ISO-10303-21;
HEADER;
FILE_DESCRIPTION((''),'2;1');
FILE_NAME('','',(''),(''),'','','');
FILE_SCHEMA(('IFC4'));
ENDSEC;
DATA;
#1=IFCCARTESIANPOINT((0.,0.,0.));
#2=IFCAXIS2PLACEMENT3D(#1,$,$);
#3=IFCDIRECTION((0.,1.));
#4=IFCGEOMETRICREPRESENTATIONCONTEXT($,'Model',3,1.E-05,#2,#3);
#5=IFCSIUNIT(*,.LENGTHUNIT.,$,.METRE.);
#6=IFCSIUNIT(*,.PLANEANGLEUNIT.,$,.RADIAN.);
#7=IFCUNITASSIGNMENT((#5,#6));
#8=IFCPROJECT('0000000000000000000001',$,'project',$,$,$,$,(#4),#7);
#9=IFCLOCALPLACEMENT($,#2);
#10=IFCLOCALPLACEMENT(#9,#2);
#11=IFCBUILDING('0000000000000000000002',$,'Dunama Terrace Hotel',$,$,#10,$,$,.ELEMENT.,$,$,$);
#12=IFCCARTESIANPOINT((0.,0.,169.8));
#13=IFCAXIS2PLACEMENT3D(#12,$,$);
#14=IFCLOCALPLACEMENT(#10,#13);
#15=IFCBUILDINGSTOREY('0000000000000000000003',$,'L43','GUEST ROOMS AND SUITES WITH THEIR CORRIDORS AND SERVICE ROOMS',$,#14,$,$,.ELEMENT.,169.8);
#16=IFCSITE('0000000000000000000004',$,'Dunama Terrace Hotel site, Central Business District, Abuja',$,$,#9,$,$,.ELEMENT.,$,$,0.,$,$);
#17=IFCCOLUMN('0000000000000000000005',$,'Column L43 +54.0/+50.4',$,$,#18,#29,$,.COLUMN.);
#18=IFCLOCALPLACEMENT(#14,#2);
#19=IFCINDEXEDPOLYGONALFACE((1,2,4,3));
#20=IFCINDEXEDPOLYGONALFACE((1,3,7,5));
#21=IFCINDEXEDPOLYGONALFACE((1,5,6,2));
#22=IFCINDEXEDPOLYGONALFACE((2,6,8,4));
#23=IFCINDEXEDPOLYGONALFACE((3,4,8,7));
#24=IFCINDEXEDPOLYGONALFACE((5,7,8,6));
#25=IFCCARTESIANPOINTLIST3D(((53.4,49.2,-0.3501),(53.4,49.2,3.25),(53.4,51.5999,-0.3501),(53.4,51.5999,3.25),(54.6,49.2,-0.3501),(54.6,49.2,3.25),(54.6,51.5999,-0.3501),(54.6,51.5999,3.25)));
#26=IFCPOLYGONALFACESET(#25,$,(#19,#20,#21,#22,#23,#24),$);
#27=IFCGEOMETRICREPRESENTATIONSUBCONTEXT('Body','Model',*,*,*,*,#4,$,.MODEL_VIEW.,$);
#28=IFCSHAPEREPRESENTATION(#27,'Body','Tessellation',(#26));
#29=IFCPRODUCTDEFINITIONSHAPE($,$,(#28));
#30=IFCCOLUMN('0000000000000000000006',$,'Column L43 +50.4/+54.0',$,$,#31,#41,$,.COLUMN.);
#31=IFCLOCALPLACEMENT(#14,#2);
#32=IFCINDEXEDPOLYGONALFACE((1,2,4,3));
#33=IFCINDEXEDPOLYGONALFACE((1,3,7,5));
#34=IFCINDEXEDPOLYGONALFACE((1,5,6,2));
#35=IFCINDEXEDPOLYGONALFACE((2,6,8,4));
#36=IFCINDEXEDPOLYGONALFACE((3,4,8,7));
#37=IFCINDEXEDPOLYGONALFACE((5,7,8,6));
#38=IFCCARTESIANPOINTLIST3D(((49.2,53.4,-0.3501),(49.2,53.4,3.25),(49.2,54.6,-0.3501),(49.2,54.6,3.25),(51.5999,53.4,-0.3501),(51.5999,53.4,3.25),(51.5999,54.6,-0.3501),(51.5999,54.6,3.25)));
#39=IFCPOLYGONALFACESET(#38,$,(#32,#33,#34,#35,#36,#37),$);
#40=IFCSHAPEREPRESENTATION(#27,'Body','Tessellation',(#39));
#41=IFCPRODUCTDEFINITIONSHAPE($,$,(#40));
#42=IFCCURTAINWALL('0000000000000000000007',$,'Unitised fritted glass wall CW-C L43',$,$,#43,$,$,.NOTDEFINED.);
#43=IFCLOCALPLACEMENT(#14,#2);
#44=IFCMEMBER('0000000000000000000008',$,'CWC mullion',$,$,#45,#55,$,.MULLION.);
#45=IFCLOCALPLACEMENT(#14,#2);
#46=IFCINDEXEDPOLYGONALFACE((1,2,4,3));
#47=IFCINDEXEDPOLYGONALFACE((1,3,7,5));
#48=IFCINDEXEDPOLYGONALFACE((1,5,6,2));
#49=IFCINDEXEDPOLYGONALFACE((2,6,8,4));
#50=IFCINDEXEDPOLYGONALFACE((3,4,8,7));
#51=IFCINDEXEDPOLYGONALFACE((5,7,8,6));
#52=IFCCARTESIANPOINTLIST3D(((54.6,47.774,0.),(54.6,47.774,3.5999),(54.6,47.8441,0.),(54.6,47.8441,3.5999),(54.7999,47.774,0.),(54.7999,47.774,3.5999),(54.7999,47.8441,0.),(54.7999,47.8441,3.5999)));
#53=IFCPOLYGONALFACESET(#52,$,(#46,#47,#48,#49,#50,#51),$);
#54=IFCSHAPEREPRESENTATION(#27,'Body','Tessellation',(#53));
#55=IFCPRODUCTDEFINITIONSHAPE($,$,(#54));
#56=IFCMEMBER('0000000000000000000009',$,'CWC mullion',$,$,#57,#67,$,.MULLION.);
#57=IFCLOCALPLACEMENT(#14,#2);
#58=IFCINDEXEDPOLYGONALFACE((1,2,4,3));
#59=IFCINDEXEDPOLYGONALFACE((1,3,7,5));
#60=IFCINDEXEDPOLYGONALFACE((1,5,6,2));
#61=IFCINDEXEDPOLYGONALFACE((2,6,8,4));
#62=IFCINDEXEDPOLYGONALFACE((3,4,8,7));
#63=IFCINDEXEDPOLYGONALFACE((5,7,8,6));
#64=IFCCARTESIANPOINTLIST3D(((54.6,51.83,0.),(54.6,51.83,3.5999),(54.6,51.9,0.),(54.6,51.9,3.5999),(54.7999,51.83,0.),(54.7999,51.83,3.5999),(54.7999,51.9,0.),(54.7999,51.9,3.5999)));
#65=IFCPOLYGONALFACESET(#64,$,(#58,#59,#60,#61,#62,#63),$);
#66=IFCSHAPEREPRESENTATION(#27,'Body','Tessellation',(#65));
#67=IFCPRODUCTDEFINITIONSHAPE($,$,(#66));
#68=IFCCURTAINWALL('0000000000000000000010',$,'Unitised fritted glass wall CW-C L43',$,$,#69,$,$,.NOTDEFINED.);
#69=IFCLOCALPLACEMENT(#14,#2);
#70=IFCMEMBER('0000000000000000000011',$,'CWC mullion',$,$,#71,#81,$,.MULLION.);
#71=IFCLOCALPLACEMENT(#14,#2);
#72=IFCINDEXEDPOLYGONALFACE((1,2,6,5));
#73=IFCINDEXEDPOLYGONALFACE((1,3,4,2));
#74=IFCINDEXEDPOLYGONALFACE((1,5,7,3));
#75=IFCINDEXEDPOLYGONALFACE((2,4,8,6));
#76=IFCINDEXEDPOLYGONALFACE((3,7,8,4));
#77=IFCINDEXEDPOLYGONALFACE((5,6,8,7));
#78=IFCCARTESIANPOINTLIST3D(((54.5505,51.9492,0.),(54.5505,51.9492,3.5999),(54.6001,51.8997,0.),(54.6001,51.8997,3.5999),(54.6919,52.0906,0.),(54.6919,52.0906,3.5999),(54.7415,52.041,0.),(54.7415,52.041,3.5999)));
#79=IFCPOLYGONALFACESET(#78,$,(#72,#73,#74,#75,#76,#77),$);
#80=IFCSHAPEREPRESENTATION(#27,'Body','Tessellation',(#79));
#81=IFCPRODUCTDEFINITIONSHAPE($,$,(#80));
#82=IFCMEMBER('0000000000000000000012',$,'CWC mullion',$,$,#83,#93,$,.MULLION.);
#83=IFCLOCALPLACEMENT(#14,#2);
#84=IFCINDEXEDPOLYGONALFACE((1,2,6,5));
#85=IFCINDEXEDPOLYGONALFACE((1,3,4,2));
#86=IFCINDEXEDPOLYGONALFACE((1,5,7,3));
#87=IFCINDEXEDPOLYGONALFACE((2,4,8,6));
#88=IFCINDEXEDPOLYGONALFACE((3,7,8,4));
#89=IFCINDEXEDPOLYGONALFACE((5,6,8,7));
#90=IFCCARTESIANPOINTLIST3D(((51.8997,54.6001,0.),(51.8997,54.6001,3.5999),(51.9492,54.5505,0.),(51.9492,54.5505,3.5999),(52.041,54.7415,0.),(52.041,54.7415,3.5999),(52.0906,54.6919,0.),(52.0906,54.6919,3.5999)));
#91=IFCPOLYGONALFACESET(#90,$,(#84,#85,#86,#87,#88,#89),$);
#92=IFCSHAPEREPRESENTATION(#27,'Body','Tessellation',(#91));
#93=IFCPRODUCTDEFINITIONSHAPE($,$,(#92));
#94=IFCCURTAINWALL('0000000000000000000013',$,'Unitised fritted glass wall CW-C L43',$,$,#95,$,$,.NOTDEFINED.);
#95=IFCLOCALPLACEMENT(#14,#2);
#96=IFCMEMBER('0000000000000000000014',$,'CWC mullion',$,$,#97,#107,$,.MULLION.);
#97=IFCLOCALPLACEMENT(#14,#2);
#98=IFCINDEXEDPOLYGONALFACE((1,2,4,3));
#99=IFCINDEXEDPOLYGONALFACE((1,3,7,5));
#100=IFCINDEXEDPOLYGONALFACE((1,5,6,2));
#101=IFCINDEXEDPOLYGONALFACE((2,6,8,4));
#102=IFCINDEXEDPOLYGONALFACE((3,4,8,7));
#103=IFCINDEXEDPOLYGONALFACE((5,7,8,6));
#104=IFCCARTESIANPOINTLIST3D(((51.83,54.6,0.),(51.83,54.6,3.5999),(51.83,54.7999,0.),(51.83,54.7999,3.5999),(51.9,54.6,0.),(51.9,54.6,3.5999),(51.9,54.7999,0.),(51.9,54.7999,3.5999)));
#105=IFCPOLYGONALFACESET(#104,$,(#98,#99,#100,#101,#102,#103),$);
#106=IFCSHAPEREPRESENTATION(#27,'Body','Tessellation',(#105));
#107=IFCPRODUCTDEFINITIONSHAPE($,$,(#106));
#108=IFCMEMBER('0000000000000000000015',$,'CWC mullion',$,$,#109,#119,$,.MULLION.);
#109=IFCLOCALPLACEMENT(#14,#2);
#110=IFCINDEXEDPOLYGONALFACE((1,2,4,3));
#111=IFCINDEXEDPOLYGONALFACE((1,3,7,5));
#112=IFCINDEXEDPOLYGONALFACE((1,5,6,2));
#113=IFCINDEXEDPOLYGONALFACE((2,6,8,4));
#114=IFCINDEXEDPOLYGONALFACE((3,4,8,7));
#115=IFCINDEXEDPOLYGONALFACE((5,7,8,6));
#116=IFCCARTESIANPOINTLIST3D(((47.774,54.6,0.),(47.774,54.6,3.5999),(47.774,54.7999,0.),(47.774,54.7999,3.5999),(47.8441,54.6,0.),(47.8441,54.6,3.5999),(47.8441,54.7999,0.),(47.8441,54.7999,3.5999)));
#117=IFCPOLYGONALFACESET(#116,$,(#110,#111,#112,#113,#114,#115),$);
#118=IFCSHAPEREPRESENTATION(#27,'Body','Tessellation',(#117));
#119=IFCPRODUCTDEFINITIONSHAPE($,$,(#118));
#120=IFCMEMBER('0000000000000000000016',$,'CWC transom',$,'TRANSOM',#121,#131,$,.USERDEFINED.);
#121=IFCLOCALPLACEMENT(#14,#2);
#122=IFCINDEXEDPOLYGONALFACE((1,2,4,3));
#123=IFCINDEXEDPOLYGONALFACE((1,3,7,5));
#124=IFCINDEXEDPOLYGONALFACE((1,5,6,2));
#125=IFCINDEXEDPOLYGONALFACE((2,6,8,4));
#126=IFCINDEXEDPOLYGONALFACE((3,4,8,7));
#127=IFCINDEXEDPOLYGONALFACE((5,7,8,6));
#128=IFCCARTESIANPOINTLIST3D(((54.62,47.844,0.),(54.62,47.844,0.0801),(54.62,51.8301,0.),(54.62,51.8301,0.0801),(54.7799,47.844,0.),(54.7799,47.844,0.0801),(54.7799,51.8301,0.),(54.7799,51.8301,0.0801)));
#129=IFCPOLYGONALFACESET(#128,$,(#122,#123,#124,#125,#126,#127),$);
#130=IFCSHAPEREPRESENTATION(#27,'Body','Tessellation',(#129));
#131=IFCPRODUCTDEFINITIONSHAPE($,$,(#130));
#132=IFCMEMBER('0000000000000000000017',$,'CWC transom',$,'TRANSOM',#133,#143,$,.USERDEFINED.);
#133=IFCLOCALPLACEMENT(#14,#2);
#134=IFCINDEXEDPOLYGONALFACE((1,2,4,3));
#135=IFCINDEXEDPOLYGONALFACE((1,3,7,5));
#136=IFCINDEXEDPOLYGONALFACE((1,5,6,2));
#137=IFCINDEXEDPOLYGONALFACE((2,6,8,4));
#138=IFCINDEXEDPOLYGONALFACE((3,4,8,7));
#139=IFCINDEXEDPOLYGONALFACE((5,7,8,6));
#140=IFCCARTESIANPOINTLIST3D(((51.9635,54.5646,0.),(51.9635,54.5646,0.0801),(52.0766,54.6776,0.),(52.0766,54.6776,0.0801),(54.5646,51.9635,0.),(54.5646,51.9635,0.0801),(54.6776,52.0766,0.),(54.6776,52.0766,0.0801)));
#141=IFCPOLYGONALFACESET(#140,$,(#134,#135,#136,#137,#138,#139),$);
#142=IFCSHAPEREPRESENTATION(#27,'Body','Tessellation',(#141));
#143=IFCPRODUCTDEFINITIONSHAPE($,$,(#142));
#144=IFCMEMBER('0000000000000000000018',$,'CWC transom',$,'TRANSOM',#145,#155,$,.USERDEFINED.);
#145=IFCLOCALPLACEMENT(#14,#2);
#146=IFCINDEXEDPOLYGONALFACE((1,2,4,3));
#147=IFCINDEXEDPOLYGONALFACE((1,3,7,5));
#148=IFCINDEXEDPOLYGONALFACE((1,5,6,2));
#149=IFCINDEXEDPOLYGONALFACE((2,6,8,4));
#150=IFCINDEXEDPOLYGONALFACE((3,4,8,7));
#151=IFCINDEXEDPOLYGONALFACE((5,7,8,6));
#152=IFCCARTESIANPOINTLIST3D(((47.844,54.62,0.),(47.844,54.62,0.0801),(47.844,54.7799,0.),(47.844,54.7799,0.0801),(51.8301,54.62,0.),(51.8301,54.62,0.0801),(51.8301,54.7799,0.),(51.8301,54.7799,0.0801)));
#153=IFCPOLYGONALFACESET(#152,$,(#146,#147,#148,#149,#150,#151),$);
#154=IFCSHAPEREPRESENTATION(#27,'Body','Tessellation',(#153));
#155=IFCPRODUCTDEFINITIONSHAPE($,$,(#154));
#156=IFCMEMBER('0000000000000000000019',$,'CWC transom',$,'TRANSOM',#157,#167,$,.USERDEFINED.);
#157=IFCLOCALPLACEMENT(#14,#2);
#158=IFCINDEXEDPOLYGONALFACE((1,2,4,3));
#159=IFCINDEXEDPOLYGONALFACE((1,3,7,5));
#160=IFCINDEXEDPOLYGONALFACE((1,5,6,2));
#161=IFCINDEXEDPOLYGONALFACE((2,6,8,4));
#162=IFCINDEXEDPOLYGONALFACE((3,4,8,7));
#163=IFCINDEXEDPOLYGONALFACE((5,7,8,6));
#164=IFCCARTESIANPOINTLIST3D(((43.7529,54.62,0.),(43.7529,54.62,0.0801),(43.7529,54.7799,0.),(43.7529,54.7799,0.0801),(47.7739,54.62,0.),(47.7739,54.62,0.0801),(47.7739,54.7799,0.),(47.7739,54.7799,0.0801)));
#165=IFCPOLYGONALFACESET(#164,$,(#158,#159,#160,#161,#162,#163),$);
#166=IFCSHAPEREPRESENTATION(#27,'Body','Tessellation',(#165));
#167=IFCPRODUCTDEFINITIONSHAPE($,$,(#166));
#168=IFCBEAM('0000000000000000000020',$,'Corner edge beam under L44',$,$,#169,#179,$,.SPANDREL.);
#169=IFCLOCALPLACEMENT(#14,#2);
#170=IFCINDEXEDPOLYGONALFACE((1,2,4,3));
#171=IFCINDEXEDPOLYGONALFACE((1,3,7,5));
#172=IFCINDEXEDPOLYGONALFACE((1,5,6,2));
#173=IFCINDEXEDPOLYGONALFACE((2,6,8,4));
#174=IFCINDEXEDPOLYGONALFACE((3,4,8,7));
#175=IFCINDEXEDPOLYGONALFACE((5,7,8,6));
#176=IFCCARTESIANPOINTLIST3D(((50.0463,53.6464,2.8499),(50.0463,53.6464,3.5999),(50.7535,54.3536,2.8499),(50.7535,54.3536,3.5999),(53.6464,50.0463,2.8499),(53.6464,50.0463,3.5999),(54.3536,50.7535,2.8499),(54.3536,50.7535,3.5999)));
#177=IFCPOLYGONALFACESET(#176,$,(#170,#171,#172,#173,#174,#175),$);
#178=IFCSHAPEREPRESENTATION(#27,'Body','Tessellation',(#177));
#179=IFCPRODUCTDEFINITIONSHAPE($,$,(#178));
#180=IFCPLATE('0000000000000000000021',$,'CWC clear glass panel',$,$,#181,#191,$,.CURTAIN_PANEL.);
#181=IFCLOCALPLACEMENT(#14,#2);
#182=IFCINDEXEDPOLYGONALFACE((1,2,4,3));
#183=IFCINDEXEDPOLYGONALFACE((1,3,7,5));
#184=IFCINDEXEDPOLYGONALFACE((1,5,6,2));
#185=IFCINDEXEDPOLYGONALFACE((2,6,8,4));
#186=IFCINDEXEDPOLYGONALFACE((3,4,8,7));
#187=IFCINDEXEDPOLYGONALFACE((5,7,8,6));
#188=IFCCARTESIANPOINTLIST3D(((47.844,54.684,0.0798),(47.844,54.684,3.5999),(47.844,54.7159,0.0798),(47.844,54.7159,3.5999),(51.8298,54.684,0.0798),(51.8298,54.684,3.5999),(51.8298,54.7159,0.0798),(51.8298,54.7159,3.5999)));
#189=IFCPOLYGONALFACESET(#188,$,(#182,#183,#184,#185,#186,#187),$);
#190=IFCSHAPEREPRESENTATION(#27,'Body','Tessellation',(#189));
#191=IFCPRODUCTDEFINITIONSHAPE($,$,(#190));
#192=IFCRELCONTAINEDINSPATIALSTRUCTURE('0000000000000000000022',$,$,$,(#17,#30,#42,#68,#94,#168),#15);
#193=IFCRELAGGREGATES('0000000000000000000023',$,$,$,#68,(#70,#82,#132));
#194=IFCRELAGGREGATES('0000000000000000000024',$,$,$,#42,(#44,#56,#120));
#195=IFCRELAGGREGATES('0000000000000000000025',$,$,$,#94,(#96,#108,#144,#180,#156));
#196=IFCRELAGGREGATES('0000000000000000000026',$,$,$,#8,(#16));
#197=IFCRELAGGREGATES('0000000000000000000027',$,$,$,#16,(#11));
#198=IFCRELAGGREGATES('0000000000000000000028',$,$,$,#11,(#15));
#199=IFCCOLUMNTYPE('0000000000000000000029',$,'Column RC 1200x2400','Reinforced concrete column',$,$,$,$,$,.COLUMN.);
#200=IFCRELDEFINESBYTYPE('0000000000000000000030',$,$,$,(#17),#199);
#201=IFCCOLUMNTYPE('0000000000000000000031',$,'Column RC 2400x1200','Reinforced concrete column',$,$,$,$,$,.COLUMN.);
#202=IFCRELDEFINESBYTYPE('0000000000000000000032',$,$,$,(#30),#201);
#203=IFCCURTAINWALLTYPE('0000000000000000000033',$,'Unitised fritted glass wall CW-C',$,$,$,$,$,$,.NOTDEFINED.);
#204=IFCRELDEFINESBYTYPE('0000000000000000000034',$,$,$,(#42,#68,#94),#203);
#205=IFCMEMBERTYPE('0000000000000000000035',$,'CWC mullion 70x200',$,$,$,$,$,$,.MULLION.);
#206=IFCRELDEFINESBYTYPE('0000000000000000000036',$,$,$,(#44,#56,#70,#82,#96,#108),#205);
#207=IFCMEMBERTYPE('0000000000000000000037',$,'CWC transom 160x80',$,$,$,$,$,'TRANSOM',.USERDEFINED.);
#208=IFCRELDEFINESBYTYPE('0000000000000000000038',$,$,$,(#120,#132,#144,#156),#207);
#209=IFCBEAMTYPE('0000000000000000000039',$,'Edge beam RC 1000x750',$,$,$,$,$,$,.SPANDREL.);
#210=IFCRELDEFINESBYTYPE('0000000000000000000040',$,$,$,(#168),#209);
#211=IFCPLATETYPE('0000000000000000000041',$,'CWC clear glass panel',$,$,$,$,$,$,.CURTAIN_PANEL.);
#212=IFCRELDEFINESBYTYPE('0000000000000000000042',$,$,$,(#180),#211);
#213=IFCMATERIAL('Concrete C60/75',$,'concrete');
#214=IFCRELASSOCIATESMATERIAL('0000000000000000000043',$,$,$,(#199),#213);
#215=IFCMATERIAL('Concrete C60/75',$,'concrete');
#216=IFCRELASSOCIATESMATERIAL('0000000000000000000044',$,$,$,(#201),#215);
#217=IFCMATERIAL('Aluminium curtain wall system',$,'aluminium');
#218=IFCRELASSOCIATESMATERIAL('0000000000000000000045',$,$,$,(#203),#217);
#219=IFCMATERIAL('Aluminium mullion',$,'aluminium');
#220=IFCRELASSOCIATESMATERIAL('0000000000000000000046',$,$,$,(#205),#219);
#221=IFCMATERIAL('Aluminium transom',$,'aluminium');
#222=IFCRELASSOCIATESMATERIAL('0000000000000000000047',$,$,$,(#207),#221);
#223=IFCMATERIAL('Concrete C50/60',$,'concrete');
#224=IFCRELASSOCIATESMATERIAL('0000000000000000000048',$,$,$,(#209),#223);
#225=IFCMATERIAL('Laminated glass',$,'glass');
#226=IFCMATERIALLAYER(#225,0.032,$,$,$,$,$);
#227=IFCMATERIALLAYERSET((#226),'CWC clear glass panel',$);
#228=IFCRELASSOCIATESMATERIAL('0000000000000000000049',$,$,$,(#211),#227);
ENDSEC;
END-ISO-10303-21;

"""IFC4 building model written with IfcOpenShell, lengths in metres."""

from ifc_helpers import new_model, si_unit, direction, frame, origin, origin_2d, place, context, subcontext, project, spatial, rectangle, extrude, material, layer, layer_set, material_profile, profile_set, type_object, element, aggregate, save


model = new_model("IFC4")

# Units and contexts
model_context = context("Model", 3, precision=1e-05, world=origin(), true_north=direction((0.0, 1.0)))
body_context = subcontext(model_context, "Body", "Model", "MODEL_VIEW")
ifc_project = project(units=[si_unit("LENGTHUNIT", "METRE"), si_unit("PLANEANGLEUNIT", "RADIAN")], contexts=[model_context])

# Site, building, storey
site_placement = place(None, origin())
site = spatial("IfcSite", under=ifc_project, at=site_placement, Name="Dunama Terrace Hotel site, Central Business District, Abuja", CompositionType="ELEMENT", RefElevation=0.0)
building_placement = place(site_placement, origin())
building = spatial("IfcBuilding", under=site, at=building_placement, Name="Dunama Terrace Hotel", CompositionType="ELEMENT")
storey_placement = place(building_placement, frame((0.0, 0.0, 169.8)))
storey = spatial("IfcBuildingStorey", under=building, at=storey_placement, Name="L43", Description="GUEST ROOMS AND SUITES WITH THEIR CORRIDORS AND SERVICE ROOMS", CompositionType="ELEMENT", Elevation=169.8)

# Columns
ifc_material_1 = material(Name="Concrete C60/75", Category="concrete")
ifc_material_profile_1 = material_profile(ifc_material_1, rectangle(XDim=1.2, YDim=2.3999, at=origin_2d()), Name="RC 1200x2400")
ifc_profile_set_1 = profile_set([ifc_material_profile_1], Name="Concrete C60/75")
column_type_1 = type_object("IfcColumnType", Name="Column RC 1200x2400", Description="Reinforced concrete column", PredefinedType="COLUMN", material=ifc_profile_set_1)
column_1_placement = place(storey_placement, frame((54.0, 50.3999, -0.3501), z_axis=(0.0, 0.0, 1.0), x_axis=(1.0, 0.0, 0.0)))
element("IfcColumn", 1, at=column_1_placement, inside=storey, type_object=column_type_1, Name="Column L43 +54.0/+50.4", PredefinedType="COLUMN", context=body_context, shape_type="SweptSolid", body=[
    extrude(rectangle(XDim=1.2, YDim=2.3999, at=origin_2d()), origin(), (0.0, 0.0, 1.0), 3.6001),
])
ifc_material_2 = material(Name="Concrete C60/75", Category="concrete")
ifc_material_profile_2 = material_profile(ifc_material_2, rectangle(XDim=2.3999, YDim=1.2, at=origin_2d()), Name="RC 2400x1200")
ifc_profile_set_2 = profile_set([ifc_material_profile_2], Name="Concrete C60/75")
column_type_2 = type_object("IfcColumnType", Name="Column RC 2400x1200", Description="Reinforced concrete column", PredefinedType="COLUMN", material=ifc_profile_set_2)
column_2_placement = place(storey_placement, frame((50.3999, 54.0, -0.3501), z_axis=(0.0, 0.0, 1.0), x_axis=(1.0, 0.0, 0.0)))
element("IfcColumn", 2, at=column_2_placement, inside=storey, type_object=column_type_2, Name="Column L43 +50.4/+54.0", PredefinedType="COLUMN", context=body_context, shape_type="SweptSolid", body=[
    extrude(rectangle(XDim=2.3999, YDim=1.2, at=origin_2d()), origin(), (0.0, 0.0, 1.0), 3.6001),
])

# Curtain walls, members
ifc_material_3 = material(Name="Aluminium curtain wall system", Category="aluminium")
curtain_wall_type = type_object("IfcCurtainWallType", Name="Unitised fritted glass wall CW-C", PredefinedType="NOTDEFINED", material=ifc_material_3)
curtain_wall_1_placement = place(storey_placement, origin())
curtain_wall_1 = element("IfcCurtainWall", 3, at=curtain_wall_1_placement, inside=storey, type_object=curtain_wall_type, Name="Unitised fritted glass wall CW-C L43", PredefinedType="NOTDEFINED")
ifc_material_4 = material(Name="Aluminium mullion", Category="aluminium")
ifc_material_profile_3 = material_profile(ifc_material_4, rectangle(XDim=0.0701, YDim=0.2, at=origin_2d()), Name="CWC MULLION 70X200")
ifc_profile_set_3 = profile_set([ifc_material_profile_3], Name="Aluminium mullion")
member_type_1 = type_object("IfcMemberType", Name="CWC mullion 70x200", PredefinedType="MULLION", material=ifc_profile_set_3)
member_1_placement = place(storey_placement, frame((54.7, 47.8091, 0.0), z_axis=(0.0, 0.0, 1.0), x_axis=(0.0, 1.0, 0.0)))
member_1 = element("IfcMember", 4, at=member_1_placement, type_object=member_type_1, Name="CWC mullion", PredefinedType="MULLION", context=body_context, shape_type="SweptSolid", body=[
    extrude(rectangle(XDim=0.0701, YDim=0.2, at=origin_2d()), origin(), (0.0, 0.0, 1.0), 3.5999),
])
member_2_placement = place(storey_placement, frame((54.7, 51.865, 0.0), z_axis=(0.0, 0.0, 1.0), x_axis=(0.0, 1.0, 0.0)))
member_2 = element("IfcMember", 5, at=member_2_placement, type_object=member_type_1, Name="CWC mullion", PredefinedType="MULLION", context=body_context, shape_type="SweptSolid", body=[
    extrude(rectangle(XDim=0.0701, YDim=0.2, at=origin_2d()), origin(), (0.0, 0.0, 1.0), 3.5999),
])
curtain_wall_2_placement = place(storey_placement, origin())
curtain_wall_2 = element("IfcCurtainWall", 6, at=curtain_wall_2_placement, inside=storey, type_object=curtain_wall_type, Name="Unitised fritted glass wall CW-C L43", PredefinedType="NOTDEFINED")
member_3_placement = place(storey_placement, frame((54.646, 51.9951, 0.0), z_axis=(0.0, 0.0, 1.0), x_axis=(-0.707107, 0.707107, 0.0)))
member_3 = element("IfcMember", 7, at=member_3_placement, type_object=member_type_1, Name="CWC mullion", PredefinedType="MULLION", context=body_context, shape_type="SweptSolid", body=[
    extrude(rectangle(XDim=0.0701, YDim=0.2, at=origin_2d()), origin(), (0.0, 0.0, 1.0), 3.5999),
])
member_4_placement = place(storey_placement, frame((51.9951, 54.646, 0.0), z_axis=(0.0, 0.0, 1.0), x_axis=(-0.707107, 0.707107, 0.0)))
member_4 = element("IfcMember", 8, at=member_4_placement, type_object=member_type_1, Name="CWC mullion", PredefinedType="MULLION", context=body_context, shape_type="SweptSolid", body=[
    extrude(rectangle(XDim=0.0701, YDim=0.2, at=origin_2d()), origin(), (0.0, 0.0, 1.0), 3.5999),
])
curtain_wall_3_placement = place(storey_placement, origin())
curtain_wall_3 = element("IfcCurtainWall", 9, at=curtain_wall_3_placement, inside=storey, type_object=curtain_wall_type, Name="Unitised fritted glass wall CW-C L43", PredefinedType="NOTDEFINED")
member_5_placement = place(storey_placement, frame((51.865, 54.7, 0.0), z_axis=(0.0, 0.0, 1.0), x_axis=(-1.0, 0.0, 0.0)))
member_5 = element("IfcMember", 10, at=member_5_placement, type_object=member_type_1, Name="CWC mullion", PredefinedType="MULLION", context=body_context, shape_type="SweptSolid", body=[
    extrude(rectangle(XDim=0.0701, YDim=0.2, at=origin_2d()), origin(), (0.0, 0.0, 1.0), 3.5999),
])
member_6_placement = place(storey_placement, frame((47.8091, 54.7, 0.0), z_axis=(0.0, 0.0, 1.0), x_axis=(-1.0, 0.0, 0.0)))
member_6 = element("IfcMember", 11, at=member_6_placement, type_object=member_type_1, Name="CWC mullion", PredefinedType="MULLION", context=body_context, shape_type="SweptSolid", body=[
    extrude(rectangle(XDim=0.0701, YDim=0.2, at=origin_2d()), origin(), (0.0, 0.0, 1.0), 3.5999),
])

# Members
ifc_material_5 = material(Name="Aluminium transom", Category="aluminium")
ifc_material_profile_4 = material_profile(ifc_material_5, rectangle(XDim=0.1599, YDim=0.0801, at=origin_2d()), Name="CWC TRANSOM 160X80")
ifc_profile_set_4 = profile_set([ifc_material_profile_4], Name="Aluminium transom")
member_type_2 = type_object("IfcMemberType", Name="CWC transom 160x80", ElementType="TRANSOM", PredefinedType="USERDEFINED", material=ifc_profile_set_4)
member_7_placement = place(storey_placement, frame((54.7, 47.844, 0.04), z_axis=(0.0, 1.0, 0.0), x_axis=(-1.0, 0.0, 0.0)))
member_7 = element("IfcMember", 12, at=member_7_placement, type_object=member_type_2, Name="CWC transom", ObjectType="TRANSOM", PredefinedType="USERDEFINED", context=body_context, shape_type="SweptSolid", body=[
    extrude(rectangle(XDim=0.1599, YDim=0.0801, at=origin_2d()), origin(), (0.0, 0.0, 1.0), 3.9861),
])
member_8_placement = place(storey_placement, frame((54.6211, 52.02, 0.04), z_axis=(-0.707107, 0.707107, 0.0), x_axis=(-0.707107, -0.707107, 0.0)))
member_8 = element("IfcMember", 13, at=member_8_placement, type_object=member_type_2, Name="CWC transom", ObjectType="TRANSOM", PredefinedType="USERDEFINED", context=body_context, shape_type="SweptSolid", body=[
    extrude(rectangle(XDim=0.1599, YDim=0.0801, at=origin_2d()), origin(), (0.0, 0.0, 1.0), 3.6785),
])
member_9_placement = place(storey_placement, frame((51.8301, 54.7, 0.04), z_axis=(-1.0, 0.0, 0.0), x_axis=(0.0, -1.0, 0.0)))
member_9 = element("IfcMember", 14, at=member_9_placement, type_object=member_type_2, Name="CWC transom", ObjectType="TRANSOM", PredefinedType="USERDEFINED", context=body_context, shape_type="SweptSolid", body=[
    extrude(rectangle(XDim=0.1599, YDim=0.0801, at=origin_2d()), origin(), (0.0, 0.0, 1.0), 3.9861),
])
member_10_placement = place(storey_placement, frame((47.7739, 54.7, 0.04), z_axis=(-1.0, 0.0, 0.0), x_axis=(0.0, -1.0, 0.0)))
member_10 = element("IfcMember", 15, at=member_10_placement, type_object=member_type_2, Name="CWC transom", ObjectType="TRANSOM", PredefinedType="USERDEFINED", context=body_context, shape_type="SweptSolid", body=[
    extrude(rectangle(XDim=0.1599, YDim=0.0801, at=origin_2d()), origin(), (0.0, 0.0, 1.0), 4.021),
])

# Beam
ifc_material_6 = material(Name="Concrete C50/60", Category="concrete")
ifc_material_profile_5 = material_profile(ifc_material_6, rectangle(XDim=1.0, YDim=0.75, at=origin_2d()), Name="RC 1000x750")
ifc_profile_set_5 = profile_set([ifc_material_profile_5], Name="Concrete C50/60")
beam_type = type_object("IfcBeamType", Name="Edge beam RC 1000x750", PredefinedType="SPANDREL", material=ifc_profile_set_5)
beam_placement = place(storey_placement, frame((50.3999, 54.0, 3.2249), z_axis=(0.707107, -0.707107, 0.0), x_axis=(0.707107, 0.707107, 0.0)))
element("IfcBeam", 16, at=beam_placement, inside=storey, type_object=beam_type, Name="Corner edge beam under L44", PredefinedType="SPANDREL", context=body_context, shape_type="SweptSolid", body=[
    extrude(rectangle(XDim=1.0, YDim=0.75, at=origin_2d()), origin(), (0.0, 0.0, 1.0), 5.0913),
])

# Plate
ifc_material_7 = material(Name="Laminated glass", Category="glass")
ifc_layer_1 = layer(ifc_material_7, 0.032)
ifc_layer_set_1 = layer_set([ifc_layer_1], Name="CWC clear glass panel")
plate_type_1 = type_object("IfcPlateType", Name="CWC clear glass panel", PredefinedType="CURTAIN_PANEL", material=ifc_layer_set_1)
plate_1_placement = place(storey_placement, frame((49.8369, 54.7, 0.0798), z_axis=(0.0, 0.0, 1.0), x_axis=(-1.0, 0.0, 0.0)))
plate_1 = element("IfcPlate", 17, at=plate_1_placement, type_object=plate_type_1, Name="CWC clear glass panel", PredefinedType="CURTAIN_PANEL", context=body_context, shape_type="SweptSolid", body=[
    extrude(rectangle(XDim=3.9858, YDim=0.032, at=origin_2d()), origin(), (0.0, 0.0, 1.0), 3.52),
])
aggregate(curtain_wall_2, [member_3, member_4, member_8])
aggregate(curtain_wall_1, [member_1, member_2, member_7])
aggregate(curtain_wall_3, [member_5, member_6, member_9, plate_1, member_10])

save(model, "model.ifc")
